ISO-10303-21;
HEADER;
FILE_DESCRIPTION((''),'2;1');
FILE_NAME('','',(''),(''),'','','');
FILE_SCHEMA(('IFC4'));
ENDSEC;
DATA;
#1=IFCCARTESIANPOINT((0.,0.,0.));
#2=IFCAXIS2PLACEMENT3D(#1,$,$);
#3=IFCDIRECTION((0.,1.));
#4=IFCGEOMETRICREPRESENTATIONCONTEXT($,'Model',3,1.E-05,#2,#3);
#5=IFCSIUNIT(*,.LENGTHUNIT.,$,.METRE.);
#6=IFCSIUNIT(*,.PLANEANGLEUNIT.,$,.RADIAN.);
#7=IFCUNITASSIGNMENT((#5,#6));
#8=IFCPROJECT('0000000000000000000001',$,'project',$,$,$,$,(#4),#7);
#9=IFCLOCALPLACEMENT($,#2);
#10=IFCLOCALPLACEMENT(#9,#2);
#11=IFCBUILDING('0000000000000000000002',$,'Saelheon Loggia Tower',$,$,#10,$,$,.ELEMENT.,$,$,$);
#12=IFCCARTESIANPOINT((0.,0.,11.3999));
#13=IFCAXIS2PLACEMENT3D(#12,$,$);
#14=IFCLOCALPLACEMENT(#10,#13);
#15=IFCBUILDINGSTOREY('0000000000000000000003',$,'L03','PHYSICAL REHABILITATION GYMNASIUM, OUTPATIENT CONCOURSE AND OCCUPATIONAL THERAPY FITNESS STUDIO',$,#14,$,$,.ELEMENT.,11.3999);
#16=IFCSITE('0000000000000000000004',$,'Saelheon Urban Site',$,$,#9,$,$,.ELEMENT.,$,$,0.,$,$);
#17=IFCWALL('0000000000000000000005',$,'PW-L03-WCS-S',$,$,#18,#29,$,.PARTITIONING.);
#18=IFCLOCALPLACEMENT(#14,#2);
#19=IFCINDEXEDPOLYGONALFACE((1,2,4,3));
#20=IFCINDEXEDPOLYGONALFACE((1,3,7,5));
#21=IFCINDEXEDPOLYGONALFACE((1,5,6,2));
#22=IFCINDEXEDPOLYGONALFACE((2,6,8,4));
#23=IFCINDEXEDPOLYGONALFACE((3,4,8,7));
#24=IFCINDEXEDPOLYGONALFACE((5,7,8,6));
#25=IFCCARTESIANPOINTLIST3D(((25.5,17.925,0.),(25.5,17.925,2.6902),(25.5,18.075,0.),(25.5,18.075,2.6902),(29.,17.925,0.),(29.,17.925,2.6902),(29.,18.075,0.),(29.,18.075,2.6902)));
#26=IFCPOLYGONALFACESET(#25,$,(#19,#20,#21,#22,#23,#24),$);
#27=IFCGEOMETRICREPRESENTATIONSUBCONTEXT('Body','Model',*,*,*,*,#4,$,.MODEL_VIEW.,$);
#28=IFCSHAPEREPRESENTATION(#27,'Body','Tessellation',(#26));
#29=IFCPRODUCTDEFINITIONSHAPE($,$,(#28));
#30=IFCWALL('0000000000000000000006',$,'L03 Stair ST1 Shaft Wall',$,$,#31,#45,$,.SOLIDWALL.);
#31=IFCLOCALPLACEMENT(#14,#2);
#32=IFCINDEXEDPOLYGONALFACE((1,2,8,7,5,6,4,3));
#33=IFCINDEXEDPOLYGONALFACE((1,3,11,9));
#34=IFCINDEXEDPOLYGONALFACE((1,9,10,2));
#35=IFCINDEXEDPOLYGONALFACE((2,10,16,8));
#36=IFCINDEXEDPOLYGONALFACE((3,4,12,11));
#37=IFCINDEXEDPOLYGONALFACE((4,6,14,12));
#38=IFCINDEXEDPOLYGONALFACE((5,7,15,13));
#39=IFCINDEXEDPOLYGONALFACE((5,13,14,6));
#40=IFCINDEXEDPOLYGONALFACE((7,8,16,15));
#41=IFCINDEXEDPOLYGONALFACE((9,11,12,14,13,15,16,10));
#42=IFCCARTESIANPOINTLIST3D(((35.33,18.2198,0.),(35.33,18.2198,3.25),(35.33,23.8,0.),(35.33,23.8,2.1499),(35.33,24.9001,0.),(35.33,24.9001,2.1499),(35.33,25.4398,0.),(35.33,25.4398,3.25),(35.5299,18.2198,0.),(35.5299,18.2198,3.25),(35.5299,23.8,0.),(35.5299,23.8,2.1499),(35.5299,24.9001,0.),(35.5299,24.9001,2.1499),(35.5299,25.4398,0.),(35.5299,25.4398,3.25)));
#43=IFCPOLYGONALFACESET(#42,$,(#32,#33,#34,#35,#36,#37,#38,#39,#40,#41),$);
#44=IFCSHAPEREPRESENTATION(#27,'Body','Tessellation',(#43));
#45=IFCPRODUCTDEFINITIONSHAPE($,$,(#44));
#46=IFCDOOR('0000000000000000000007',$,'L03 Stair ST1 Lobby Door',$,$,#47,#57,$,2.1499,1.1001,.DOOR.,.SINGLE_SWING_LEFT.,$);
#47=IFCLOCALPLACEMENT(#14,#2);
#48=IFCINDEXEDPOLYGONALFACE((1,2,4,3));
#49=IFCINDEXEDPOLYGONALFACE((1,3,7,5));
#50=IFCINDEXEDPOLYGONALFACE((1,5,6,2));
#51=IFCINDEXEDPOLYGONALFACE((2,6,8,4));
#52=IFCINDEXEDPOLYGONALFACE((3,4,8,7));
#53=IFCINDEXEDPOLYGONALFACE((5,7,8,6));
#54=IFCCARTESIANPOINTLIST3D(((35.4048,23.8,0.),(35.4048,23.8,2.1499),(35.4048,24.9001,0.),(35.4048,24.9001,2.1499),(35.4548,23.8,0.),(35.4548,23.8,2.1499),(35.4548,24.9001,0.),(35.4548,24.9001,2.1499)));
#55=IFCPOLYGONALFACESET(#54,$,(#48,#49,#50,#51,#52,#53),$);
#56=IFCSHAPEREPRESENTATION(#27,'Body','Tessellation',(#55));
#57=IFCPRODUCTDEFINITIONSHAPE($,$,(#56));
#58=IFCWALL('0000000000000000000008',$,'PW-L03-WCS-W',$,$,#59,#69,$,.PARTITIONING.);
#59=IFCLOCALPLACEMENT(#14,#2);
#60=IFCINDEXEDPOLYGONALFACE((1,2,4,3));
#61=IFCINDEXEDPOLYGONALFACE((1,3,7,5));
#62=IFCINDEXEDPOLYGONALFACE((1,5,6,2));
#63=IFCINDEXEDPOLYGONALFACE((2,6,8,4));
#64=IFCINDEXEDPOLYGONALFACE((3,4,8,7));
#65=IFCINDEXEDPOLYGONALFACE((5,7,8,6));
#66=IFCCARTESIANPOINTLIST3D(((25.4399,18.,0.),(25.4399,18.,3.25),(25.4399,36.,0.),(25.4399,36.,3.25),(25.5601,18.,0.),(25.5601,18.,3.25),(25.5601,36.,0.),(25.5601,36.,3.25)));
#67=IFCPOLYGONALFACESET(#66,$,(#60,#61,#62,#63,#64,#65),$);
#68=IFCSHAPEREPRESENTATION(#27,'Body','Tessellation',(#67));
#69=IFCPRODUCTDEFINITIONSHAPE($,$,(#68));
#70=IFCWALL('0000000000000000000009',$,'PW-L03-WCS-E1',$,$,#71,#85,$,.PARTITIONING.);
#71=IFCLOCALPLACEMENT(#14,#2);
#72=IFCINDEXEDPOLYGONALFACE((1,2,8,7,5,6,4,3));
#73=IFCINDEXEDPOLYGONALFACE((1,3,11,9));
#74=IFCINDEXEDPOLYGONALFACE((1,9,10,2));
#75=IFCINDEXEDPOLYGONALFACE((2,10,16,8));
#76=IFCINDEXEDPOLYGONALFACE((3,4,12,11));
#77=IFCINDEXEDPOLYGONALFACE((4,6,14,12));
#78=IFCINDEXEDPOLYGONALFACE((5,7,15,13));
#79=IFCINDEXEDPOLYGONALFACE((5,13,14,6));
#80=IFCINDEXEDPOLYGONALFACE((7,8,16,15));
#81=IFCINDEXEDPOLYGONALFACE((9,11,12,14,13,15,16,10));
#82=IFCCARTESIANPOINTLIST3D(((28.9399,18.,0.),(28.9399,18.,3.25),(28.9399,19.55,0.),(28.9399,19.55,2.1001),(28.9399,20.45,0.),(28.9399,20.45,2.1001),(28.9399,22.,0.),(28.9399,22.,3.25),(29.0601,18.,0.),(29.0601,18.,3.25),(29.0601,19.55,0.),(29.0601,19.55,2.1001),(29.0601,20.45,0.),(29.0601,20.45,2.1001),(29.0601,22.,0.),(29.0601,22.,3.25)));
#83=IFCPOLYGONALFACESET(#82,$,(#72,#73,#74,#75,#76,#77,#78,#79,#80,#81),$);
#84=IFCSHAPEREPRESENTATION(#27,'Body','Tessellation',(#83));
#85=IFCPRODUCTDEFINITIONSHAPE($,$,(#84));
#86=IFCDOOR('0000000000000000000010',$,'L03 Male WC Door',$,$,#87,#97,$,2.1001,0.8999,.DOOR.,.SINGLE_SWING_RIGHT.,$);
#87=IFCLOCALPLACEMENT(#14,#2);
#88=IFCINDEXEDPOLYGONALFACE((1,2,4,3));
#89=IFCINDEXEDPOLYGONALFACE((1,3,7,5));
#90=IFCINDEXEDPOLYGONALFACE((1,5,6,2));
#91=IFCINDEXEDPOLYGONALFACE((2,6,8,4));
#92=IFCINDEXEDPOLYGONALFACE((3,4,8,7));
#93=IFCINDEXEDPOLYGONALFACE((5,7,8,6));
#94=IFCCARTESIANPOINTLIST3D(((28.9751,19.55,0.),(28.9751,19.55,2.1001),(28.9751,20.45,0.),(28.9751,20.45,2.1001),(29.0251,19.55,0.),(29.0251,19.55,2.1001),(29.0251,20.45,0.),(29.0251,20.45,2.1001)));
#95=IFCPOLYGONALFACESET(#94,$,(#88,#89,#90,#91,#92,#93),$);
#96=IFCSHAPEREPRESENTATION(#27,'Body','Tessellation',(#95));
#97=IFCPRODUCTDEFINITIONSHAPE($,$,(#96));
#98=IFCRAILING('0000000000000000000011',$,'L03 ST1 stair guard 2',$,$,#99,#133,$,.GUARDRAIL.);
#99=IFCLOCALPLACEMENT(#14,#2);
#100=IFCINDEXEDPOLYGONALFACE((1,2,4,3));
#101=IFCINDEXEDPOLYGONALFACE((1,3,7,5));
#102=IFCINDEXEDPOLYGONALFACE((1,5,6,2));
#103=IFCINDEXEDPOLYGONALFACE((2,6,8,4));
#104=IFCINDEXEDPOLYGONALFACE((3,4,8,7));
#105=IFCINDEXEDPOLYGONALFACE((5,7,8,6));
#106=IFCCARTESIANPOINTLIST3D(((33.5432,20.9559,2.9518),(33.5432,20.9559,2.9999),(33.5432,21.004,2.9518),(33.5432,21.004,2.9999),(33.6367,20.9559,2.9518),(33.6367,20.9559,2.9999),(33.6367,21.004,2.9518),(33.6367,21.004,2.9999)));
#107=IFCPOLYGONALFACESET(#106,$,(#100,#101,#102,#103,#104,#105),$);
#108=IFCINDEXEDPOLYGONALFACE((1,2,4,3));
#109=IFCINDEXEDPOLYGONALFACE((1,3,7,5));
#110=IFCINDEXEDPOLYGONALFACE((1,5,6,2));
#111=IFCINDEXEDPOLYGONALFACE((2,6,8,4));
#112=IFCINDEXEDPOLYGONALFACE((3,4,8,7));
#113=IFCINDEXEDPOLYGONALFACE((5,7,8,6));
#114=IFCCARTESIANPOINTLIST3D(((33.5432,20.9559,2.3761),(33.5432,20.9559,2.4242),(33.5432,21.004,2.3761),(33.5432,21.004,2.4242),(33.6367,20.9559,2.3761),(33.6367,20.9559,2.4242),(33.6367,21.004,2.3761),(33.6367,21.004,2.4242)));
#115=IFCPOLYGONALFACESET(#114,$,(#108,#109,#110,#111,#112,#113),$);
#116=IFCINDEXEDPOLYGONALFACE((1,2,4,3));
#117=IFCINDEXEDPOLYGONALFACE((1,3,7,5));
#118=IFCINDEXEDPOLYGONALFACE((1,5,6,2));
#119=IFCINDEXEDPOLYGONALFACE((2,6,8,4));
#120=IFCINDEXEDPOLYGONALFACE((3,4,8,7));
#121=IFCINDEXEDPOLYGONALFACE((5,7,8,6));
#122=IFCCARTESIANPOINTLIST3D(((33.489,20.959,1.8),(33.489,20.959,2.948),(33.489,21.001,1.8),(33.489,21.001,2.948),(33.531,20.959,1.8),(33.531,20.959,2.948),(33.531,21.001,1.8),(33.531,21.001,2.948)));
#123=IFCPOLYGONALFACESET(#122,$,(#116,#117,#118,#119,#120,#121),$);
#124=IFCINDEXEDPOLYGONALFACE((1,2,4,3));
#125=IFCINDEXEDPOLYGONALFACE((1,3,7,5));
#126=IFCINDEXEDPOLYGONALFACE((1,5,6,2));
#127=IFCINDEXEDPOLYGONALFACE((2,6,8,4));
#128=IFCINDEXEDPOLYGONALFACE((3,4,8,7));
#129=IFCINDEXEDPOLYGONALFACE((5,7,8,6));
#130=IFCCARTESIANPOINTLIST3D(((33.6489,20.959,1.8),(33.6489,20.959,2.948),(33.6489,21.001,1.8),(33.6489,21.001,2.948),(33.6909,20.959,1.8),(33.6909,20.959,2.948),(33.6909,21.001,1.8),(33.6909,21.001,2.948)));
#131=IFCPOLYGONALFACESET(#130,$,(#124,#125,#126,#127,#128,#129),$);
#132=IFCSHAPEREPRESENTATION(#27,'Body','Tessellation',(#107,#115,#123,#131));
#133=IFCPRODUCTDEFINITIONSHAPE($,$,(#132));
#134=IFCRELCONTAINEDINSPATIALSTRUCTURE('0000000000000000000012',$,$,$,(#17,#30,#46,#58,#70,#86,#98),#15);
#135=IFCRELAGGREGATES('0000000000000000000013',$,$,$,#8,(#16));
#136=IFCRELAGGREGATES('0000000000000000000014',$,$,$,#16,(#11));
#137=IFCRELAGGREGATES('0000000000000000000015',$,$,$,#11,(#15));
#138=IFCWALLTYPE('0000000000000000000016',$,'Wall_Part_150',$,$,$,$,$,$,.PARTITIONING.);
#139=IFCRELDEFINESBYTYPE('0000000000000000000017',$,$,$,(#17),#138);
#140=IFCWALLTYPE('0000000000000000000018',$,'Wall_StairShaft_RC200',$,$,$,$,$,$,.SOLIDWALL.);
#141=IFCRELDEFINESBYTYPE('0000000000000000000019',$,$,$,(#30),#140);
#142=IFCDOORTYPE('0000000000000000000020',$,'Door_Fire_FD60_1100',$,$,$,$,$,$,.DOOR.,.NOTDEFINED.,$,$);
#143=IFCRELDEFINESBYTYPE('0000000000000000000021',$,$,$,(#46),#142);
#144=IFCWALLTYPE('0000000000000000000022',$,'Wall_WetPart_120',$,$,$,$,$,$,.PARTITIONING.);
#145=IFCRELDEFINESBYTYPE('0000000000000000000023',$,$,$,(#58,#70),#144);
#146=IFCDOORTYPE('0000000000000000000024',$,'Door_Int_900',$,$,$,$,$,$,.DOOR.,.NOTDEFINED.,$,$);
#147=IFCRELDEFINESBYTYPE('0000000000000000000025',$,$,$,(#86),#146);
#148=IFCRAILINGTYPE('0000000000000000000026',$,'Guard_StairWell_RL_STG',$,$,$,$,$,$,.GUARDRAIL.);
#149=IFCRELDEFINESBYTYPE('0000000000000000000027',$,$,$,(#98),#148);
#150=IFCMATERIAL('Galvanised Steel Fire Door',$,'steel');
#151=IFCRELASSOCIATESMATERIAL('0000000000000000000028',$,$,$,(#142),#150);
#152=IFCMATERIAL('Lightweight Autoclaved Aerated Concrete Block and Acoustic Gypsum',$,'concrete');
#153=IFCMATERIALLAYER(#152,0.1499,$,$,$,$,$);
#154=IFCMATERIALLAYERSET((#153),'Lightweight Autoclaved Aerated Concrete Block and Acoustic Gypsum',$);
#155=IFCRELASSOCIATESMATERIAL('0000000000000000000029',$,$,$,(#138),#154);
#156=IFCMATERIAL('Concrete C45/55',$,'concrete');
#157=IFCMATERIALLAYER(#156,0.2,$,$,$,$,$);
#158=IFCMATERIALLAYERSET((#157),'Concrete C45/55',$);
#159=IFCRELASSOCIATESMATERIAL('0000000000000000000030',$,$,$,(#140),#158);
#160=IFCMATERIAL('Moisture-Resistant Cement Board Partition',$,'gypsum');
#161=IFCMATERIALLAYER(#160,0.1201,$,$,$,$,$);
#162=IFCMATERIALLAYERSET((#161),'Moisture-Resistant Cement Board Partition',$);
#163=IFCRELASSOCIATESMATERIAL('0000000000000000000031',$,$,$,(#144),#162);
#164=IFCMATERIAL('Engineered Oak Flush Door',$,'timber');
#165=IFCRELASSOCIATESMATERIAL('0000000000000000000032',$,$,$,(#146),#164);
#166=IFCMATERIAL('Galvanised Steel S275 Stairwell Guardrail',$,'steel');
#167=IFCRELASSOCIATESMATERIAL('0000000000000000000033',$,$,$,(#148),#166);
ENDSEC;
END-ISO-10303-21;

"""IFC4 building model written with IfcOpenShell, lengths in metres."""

from ifc_helpers import new_model, si_unit, direction, frame, frame_2d, origin, origin_2d, place, context, subcontext, project, spatial, rectangle, extrude, source, transform, mapped, material, layer, layer_set, type_object, element, fill, save


model = new_model("IFC4")

# Units and contexts
model_context = context("Model", 3, precision=1e-05, world=origin(), true_north=direction((0.0, 1.0)))
body_context = subcontext(model_context, "Body", "Model", "MODEL_VIEW")
ifc_project = project(units=[si_unit("LENGTHUNIT", "METRE"), si_unit("PLANEANGLEUNIT", "RADIAN")], contexts=[model_context])

# Site, building, storey
site_placement = place(None, origin())
site = spatial("IfcSite", under=ifc_project, at=site_placement, Name="Saelheon Urban Site", CompositionType="ELEMENT", RefElevation=0.0)
building_placement = place(site_placement, origin())
building = spatial("IfcBuilding", under=site, at=building_placement, Name="Saelheon Loggia Tower", CompositionType="ELEMENT")
storey_placement = place(building_placement, frame((0.0, 0.0, 11.3999)))
storey = spatial("IfcBuildingStorey", under=building, at=storey_placement, Name="L03", Description="PHYSICAL REHABILITATION GYMNASIUM, OUTPATIENT CONCOURSE AND OCCUPATIONAL THERAPY FITNESS STUDIO", CompositionType="ELEMENT", Elevation=11.3999)

# Shared definitions
ifc_material_1 = material(Name="Concrete C45/55", Category="concrete")

# Shared definitions
ifc_material_2 = material(Name="Galvanised Steel Fire Door", Category="steel")
door_type_1 = type_object("IfcDoorType", Name="Door_Fire_FD60_1100", OperationType="NOTDEFINED", PredefinedType="DOOR", material=ifc_material_2)
shared_shape_1 = source(origin(), body_context, "Body", "SweptSolid", [
    extrude(rectangle(XDim=1.1001, YDim=2.1499, at=frame_2d((0.55, 1.075))), frame((0.0, 0.0249, 0.0), z_axis=(0.0, -1.0, 0.0), x_axis=(1.0, 0.0, 0.0)), (0.0, 0.0, 1.0), 0.05),
])

# Wall
ifc_material_3 = material(Name="Lightweight Autoclaved Aerated Concrete Block and Acoustic Gypsum", Category="concrete")
ifc_layer_1 = layer(ifc_material_3, 0.1499)
ifc_layer_set_1 = layer_set([ifc_layer_1], Name="Lightweight Autoclaved Aerated Concrete Block and Acoustic Gypsum")
wall_type_1 = type_object("IfcWallType", Name="Wall_Part_150", PredefinedType="PARTITIONING", material=ifc_layer_set_1)
wall_1_placement = place(storey_placement, frame((25.5, 18.0, 0.0), z_axis=(0.0, 0.0, 1.0), x_axis=(1.0, 0.0, 0.0)))
element("IfcWall", 1, at=wall_1_placement, inside=storey, type_object=wall_type_1, Name="PW-L03-WCS-S", PredefinedType="PARTITIONING", context=body_context, shape_type="SweptSolid", body=[
    extrude(rectangle(XDim=3.5, YDim=0.1499, at=frame_2d((1.75, 0.0))), origin(), (0.0, 0.0, 1.0), 2.6902),
])

# Wall, opening, door
ifc_layer_2 = layer(ifc_material_1, 0.2)
ifc_layer_set_2 = layer_set([ifc_layer_2], Name="Concrete C45/55")
wall_type_2 = type_object("IfcWallType", Name="Wall_StairShaft_RC200", PredefinedType="SOLIDWALL", material=ifc_layer_set_2)
wall_2_placement = place(storey_placement, frame((35.4299, 18.22, 0.0), z_axis=(0.0, 0.0, 1.0), x_axis=(0.0, 1.0, 0.0)))
wall_2 = element("IfcWall", 2, at=wall_2_placement, inside=storey, type_object=wall_type_2, Name="L03 Stair ST1 Shaft Wall", PredefinedType="SOLIDWALL", context=body_context, shape_type="SweptSolid", body=[
    extrude(rectangle(XDim=7.22, YDim=0.2, at=frame_2d((3.6099, 0.0))), origin(), (0.0, 0.0, 1.0), 3.25),
])
opening_1_placement = place(wall_2_placement, frame((6.6802, 0.0, 0.0), z_axis=(0.0, 0.0, 1.0), x_axis=(-1.0, 0.0, 0.0)))
opening_1 = element("IfcOpeningElement", 3, at=opening_1_placement, cuts=wall_2, PredefinedType="OPENING", context=body_context, shape_type="SweptSolid", body=[
    extrude(rectangle(XDim=1.1001, YDim=2.1499, at=frame_2d((0.55, 1.075))), frame((0.0, 0.1121, 0.0), z_axis=(0.0, -1.0, 0.0), x_axis=(1.0, 0.0, 0.0)), (0.0, 0.0, 1.0), 0.2239),
])
door_1_placement = place(opening_1_placement, origin())
door_1 = element("IfcDoor", 4, at=door_1_placement, inside=storey, type_object=door_type_1, Name="L03 Stair ST1 Lobby Door", OperationType="SINGLE_SWING_LEFT", OverallHeight=2.1499, OverallWidth=1.1001, PredefinedType="DOOR", context=body_context, shape_type="MappedRepresentation", body=[
    mapped(shared_shape_1, transform((0.0, 0.0, 0.0), scale=1.0)),
])
fill(opening_1, door_1)

# Wall
ifc_material_4 = material(Name="Moisture-Resistant Cement Board Partition", Category="gypsum")
ifc_layer_3 = layer(ifc_material_4, 0.1201)
ifc_layer_set_3 = layer_set([ifc_layer_3], Name="Moisture-Resistant Cement Board Partition")
wall_type_3 = type_object("IfcWallType", Name="Wall_WetPart_120", PredefinedType="PARTITIONING", material=ifc_layer_set_3)
wall_3_placement = place(storey_placement, frame((25.5, 18.0, 0.0), z_axis=(0.0, 0.0, 1.0), x_axis=(0.0, 1.0, 0.0)))
element("IfcWall", 5, at=wall_3_placement, inside=storey, type_object=wall_type_3, Name="PW-L03-WCS-W", PredefinedType="PARTITIONING", context=body_context, shape_type="SweptSolid", body=[
    extrude(rectangle(XDim=18.0, YDim=0.1201, at=frame_2d((9.0, 0.0))), origin(), (0.0, 0.0, 1.0), 3.25),
])

# Wall, opening, door
wall_4_placement = place(storey_placement, frame((29.0, 18.0, 0.0), z_axis=(0.0, 0.0, 1.0), x_axis=(0.0, 1.0, 0.0)))
wall_4 = element("IfcWall", 6, at=wall_4_placement, inside=storey, type_object=wall_type_3, Name="PW-L03-WCS-E1", PredefinedType="PARTITIONING", context=body_context, shape_type="SweptSolid", body=[
    extrude(rectangle(XDim=4.0, YDim=0.1201, at=frame_2d((2.0, 0.0))), origin(), (0.0, 0.0, 1.0), 3.25),
])
opening_2_placement = place(wall_4_placement, frame((1.55, 0.0, 0.0)))
opening_2 = element("IfcOpeningElement", 7, at=opening_2_placement, cuts=wall_4, PredefinedType="OPENING", context=body_context, shape_type="SweptSolid", body=[
    extrude(rectangle(XDim=0.8999, YDim=2.1001, at=frame_2d((0.45, 1.05))), frame((0.0, 0.072, 0.0), z_axis=(0.0, -1.0, 0.0), x_axis=(1.0, 0.0, 0.0)), (0.0, 0.0, 1.0), 0.144),
])
ifc_material_5 = material(Name="Engineered Oak Flush Door", Category="timber")
door_type_2 = type_object("IfcDoorType", Name="Door_Int_900", OperationType="NOTDEFINED", PredefinedType="DOOR", material=ifc_material_5)
shared_shape_2 = source(origin(), body_context, "Body", "SweptSolid", [
    extrude(rectangle(XDim=0.8999, YDim=2.1001, at=frame_2d((0.45, 1.05))), frame((0.0, 0.0249, 0.0), z_axis=(0.0, -1.0, 0.0), x_axis=(1.0, 0.0, 0.0)), (0.0, 0.0, 1.0), 0.05),
])
door_2_placement = place(opening_2_placement, origin())
door_2 = element("IfcDoor", 8, at=door_2_placement, inside=storey, type_object=door_type_2, Name="L03 Male WC Door", OperationType="SINGLE_SWING_RIGHT", OverallHeight=2.1001, OverallWidth=0.8999, PredefinedType="DOOR", context=body_context, shape_type="MappedRepresentation", body=[
    mapped(shared_shape_2, transform((0.0, 0.0, 0.0), scale=1.0)),
])
fill(opening_2, door_2)

# Railing
ifc_material_6 = material(Name="Galvanised Steel S275 Stairwell Guardrail", Category="steel")
railing_type_1 = type_object("IfcRailingType", Name="Guard_StairWell_RL_STG", PredefinedType="GUARDRAIL", material=ifc_material_6)
railing_1_placement = place(storey_placement, frame((33.51, 20.98, 1.8)))
element("IfcRailing", 9, at=railing_1_placement, inside=storey, type_object=railing_type_1, Name="L03 ST1 stair guard 2", PredefinedType="GUARDRAIL", context=body_context, shape_type="SweptSolid", body=[
    extrude(rectangle(XDim=0.0481, YDim=0.0481, at=origin_2d()), frame((0.0332, 0.0, 1.1758), z_axis=(1.0, 0.0, 0.0), x_axis=(0.0, 1.0, 0.0)), (0.0, 0.0, 1.0), 0.0935),
    extrude(rectangle(XDim=0.0481, YDim=0.0481, at=origin_2d()), frame((0.0332, 0.0, 0.6001), z_axis=(1.0, 0.0, 0.0), x_axis=(0.0, 1.0, 0.0)), (0.0, 0.0, 1.0), 0.0935),
    extrude(rectangle(XDim=0.042, YDim=0.042, at=origin_2d()), origin(), (0.0, 0.0, 1.0), 1.1479),
    extrude(rectangle(XDim=0.042, YDim=0.042, at=origin_2d()), frame((0.1599, 0.0, 0.0)), (0.0, 0.0, 1.0), 1.1479),
])

save(model, "model.ifc")
